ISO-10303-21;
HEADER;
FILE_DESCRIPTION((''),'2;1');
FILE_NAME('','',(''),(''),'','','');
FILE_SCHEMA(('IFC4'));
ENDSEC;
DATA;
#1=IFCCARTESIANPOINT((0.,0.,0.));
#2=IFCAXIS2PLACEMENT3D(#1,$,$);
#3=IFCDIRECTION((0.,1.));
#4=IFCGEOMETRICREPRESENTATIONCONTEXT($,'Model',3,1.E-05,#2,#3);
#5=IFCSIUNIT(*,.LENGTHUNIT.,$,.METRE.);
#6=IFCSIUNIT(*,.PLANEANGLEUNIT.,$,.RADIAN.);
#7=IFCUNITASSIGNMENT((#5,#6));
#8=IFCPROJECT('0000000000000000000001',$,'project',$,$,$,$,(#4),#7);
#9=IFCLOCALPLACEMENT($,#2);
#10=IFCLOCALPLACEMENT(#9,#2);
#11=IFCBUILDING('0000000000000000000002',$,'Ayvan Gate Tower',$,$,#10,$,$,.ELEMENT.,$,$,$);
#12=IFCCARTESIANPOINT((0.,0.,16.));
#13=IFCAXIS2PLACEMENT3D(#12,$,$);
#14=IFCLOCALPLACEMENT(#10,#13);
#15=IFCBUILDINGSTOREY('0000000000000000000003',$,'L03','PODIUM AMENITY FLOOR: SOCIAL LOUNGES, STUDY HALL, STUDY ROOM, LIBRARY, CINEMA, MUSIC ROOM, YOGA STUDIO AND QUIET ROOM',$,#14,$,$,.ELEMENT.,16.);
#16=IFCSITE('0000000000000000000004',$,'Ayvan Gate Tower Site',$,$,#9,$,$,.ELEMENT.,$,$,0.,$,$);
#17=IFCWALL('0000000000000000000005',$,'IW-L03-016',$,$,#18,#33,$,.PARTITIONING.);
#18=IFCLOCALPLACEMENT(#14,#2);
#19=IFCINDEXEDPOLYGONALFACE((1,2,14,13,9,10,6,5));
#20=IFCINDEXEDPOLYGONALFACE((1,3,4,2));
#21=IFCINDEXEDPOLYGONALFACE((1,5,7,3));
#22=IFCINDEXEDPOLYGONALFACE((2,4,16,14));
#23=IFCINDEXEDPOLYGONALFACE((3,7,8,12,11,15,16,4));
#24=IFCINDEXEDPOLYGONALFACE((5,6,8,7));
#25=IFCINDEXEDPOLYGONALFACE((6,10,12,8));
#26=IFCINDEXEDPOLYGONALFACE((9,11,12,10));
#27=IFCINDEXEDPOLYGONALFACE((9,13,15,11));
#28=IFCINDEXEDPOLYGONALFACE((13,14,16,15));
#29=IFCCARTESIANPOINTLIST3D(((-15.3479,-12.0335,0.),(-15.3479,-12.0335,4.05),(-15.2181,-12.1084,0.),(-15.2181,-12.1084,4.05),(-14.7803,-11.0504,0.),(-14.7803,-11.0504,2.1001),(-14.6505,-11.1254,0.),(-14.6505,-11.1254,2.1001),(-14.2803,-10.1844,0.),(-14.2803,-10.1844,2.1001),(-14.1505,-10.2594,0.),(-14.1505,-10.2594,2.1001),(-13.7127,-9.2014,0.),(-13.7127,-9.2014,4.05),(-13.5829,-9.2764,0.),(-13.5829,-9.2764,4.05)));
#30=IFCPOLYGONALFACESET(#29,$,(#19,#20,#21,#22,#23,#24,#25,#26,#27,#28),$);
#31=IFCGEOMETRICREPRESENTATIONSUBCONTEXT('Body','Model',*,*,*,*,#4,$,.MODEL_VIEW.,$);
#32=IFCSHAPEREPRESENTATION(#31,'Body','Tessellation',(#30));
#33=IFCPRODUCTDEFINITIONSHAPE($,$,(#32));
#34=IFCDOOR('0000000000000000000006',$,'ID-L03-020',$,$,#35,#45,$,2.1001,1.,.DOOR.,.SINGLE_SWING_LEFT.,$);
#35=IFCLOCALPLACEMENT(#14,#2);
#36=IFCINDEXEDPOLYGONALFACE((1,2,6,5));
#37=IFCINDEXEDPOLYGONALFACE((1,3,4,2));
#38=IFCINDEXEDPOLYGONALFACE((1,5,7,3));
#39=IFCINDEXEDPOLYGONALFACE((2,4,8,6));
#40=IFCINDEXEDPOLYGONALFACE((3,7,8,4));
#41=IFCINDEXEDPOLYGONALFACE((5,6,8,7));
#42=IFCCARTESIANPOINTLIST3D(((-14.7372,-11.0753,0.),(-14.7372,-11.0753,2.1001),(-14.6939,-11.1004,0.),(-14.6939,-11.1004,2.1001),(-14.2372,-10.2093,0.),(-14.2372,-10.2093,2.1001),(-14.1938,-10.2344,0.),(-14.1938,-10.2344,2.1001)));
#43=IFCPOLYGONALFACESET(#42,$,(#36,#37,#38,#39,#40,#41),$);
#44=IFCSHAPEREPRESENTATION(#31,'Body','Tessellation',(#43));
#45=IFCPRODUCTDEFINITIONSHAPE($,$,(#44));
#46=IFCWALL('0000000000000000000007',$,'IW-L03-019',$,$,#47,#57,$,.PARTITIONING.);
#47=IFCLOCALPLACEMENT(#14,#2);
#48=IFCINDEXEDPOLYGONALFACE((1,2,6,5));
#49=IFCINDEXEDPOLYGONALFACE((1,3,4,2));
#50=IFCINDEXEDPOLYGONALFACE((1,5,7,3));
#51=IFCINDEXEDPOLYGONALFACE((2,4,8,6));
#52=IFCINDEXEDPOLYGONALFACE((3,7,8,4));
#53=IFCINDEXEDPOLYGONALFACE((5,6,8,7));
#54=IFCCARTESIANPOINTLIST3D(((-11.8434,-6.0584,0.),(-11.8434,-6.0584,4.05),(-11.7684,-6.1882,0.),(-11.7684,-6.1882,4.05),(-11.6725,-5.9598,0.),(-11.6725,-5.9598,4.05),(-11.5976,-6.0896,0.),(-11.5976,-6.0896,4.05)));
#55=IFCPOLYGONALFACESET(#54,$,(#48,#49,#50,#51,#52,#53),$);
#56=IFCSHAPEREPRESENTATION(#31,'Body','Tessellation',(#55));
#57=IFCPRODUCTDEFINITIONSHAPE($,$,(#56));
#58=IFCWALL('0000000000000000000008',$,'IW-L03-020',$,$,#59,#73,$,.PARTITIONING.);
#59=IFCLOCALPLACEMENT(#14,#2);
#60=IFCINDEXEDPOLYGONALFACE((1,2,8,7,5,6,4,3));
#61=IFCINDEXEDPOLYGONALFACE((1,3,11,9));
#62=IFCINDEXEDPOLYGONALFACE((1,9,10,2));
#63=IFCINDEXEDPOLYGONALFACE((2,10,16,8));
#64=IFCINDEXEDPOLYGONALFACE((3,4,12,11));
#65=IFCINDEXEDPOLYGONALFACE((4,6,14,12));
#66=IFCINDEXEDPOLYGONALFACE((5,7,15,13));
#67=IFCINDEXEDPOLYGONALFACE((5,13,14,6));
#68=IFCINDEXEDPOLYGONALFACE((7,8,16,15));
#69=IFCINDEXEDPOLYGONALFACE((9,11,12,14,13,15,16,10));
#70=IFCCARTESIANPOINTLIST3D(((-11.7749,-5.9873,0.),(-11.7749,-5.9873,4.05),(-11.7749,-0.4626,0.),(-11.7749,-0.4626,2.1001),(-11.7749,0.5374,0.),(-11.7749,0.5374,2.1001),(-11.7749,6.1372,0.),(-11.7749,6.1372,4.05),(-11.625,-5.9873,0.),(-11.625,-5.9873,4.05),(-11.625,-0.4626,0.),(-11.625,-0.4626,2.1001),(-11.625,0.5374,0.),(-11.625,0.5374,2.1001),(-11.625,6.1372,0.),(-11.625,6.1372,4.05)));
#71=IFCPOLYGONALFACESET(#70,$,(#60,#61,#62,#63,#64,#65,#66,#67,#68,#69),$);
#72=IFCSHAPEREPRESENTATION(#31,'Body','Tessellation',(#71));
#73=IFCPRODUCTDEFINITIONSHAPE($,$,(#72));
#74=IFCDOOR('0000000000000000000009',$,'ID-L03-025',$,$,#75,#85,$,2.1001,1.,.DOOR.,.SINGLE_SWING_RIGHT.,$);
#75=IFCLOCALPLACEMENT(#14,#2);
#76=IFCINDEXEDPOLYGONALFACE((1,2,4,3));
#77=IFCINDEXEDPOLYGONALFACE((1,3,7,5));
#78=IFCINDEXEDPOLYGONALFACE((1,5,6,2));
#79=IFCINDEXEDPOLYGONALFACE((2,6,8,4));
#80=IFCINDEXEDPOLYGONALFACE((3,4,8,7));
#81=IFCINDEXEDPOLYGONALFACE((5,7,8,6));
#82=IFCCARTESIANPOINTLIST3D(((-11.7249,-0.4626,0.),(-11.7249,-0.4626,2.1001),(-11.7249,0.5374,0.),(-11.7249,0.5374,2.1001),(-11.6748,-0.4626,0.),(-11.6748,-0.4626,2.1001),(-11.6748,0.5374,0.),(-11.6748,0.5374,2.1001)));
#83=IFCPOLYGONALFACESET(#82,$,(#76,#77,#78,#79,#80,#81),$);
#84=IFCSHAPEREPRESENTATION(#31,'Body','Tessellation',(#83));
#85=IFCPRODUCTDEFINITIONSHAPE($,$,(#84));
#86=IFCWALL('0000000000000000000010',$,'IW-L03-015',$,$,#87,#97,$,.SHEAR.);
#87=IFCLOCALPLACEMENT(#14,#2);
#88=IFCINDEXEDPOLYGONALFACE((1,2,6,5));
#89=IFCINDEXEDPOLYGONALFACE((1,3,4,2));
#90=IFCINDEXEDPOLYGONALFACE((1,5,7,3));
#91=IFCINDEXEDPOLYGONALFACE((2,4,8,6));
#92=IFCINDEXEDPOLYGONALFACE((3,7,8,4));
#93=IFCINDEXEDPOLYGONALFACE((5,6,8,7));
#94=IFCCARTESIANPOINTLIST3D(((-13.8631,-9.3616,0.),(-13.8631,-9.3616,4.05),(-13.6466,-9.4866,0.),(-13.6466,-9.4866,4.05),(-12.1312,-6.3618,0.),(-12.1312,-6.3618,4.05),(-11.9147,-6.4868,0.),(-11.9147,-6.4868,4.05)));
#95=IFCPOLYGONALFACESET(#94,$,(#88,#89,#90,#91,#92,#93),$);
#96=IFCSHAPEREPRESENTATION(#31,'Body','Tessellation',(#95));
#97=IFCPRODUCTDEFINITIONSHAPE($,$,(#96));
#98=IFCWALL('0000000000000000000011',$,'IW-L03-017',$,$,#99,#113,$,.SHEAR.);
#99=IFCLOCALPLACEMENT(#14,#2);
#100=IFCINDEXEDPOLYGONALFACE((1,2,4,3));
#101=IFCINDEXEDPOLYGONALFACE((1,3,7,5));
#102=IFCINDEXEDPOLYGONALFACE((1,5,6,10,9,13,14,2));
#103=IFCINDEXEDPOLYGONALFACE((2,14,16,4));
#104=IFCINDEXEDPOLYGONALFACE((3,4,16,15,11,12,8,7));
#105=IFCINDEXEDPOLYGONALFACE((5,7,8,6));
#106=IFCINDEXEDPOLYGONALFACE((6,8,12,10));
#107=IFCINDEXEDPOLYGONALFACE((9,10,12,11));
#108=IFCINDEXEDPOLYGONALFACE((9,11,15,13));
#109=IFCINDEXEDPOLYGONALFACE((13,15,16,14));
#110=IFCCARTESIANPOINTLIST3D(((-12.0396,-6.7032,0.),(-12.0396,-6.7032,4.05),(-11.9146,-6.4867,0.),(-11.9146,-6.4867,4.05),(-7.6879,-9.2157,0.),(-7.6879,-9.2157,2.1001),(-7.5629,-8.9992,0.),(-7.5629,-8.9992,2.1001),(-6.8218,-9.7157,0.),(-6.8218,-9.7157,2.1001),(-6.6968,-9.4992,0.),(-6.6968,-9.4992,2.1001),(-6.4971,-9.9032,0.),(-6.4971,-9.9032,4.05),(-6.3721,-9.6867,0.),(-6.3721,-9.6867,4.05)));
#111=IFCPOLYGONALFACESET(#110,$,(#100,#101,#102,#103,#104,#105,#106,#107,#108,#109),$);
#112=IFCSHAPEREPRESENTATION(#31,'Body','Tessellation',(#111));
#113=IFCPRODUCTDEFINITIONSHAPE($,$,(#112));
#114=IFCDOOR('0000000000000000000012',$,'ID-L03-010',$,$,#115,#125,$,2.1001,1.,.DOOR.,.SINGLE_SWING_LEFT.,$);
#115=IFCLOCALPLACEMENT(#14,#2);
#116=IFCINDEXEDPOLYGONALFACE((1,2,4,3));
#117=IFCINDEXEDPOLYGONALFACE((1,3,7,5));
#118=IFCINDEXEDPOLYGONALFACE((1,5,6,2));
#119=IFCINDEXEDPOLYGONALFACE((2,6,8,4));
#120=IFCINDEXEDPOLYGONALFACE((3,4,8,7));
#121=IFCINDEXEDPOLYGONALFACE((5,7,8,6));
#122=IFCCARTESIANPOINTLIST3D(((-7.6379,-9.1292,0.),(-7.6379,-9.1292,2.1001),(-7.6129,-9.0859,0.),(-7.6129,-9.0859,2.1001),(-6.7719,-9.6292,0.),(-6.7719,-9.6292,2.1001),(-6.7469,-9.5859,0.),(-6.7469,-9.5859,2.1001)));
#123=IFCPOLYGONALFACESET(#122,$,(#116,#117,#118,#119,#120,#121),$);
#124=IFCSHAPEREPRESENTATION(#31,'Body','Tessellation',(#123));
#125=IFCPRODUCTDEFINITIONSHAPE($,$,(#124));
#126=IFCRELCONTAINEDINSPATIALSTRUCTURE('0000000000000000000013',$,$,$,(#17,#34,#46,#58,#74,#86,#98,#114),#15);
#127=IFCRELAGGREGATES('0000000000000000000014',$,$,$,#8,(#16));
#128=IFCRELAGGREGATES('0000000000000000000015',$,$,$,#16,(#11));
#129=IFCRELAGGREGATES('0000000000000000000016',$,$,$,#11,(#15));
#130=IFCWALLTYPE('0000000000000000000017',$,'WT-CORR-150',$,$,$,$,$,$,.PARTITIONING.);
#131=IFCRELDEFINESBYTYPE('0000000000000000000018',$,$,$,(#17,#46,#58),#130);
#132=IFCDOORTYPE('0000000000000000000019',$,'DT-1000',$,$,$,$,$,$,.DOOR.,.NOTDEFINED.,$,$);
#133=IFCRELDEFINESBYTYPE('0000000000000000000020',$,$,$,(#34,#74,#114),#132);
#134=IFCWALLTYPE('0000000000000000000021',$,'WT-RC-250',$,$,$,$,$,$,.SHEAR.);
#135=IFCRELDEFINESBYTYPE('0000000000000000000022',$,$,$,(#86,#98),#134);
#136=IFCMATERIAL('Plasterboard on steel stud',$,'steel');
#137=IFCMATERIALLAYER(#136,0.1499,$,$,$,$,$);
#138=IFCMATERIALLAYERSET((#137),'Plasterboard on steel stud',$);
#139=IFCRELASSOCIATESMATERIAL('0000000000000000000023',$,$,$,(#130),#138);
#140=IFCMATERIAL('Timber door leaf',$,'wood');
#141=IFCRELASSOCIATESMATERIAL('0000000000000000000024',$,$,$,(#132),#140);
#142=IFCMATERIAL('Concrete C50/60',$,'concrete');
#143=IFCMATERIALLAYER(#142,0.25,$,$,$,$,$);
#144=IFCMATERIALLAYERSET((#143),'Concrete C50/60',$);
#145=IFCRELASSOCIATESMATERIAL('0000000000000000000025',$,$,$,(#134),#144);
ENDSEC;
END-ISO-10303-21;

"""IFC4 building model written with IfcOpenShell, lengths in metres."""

from ifc_helpers import new_model, si_unit, direction, frame, frame_2d, origin, place, context, subcontext, project, spatial, rectangle, extrude, material, layer, layer_set, type_object, element, fill, save


model = new_model("IFC4")

# Units and contexts
model_context = context("Model", 3, precision=1e-05, world=origin(), true_north=direction((0.0, 1.0)))
body_context = subcontext(model_context, "Body", "Model", "MODEL_VIEW")
ifc_project = project(units=[si_unit("LENGTHUNIT", "METRE"), si_unit("PLANEANGLEUNIT", "RADIAN")], contexts=[model_context])

# Site, building, storey
site_placement = place(None, origin())
site = spatial("IfcSite", under=ifc_project, at=site_placement, Name="Ayvan Gate Tower Site", CompositionType="ELEMENT", RefElevation=0.0)
building_placement = place(site_placement, origin())
building = spatial("IfcBuilding", under=site, at=building_placement, Name="Ayvan Gate Tower", CompositionType="ELEMENT")
storey_placement = place(building_placement, frame((0.0, 0.0, 16.0)))
storey = spatial("IfcBuildingStorey", under=building, at=storey_placement, Name="L03", Description="PODIUM AMENITY FLOOR: SOCIAL LOUNGES, STUDY HALL, STUDY ROOM, LIBRARY, CINEMA, MUSIC ROOM, YOGA STUDIO AND QUIET ROOM", CompositionType="ELEMENT", Elevation=16.0)

# Shared definitions
ifc_material_1 = material(Name="Plasterboard on steel stud", Category="steel")
ifc_layer_1 = layer(ifc_material_1, 0.1499)
ifc_layer_set_1 = layer_set([ifc_layer_1], Name="Plasterboard on steel stud")
wall_type_1 = type_object("IfcWallType", Name="WT-CORR-150", PredefinedType="PARTITIONING", material=ifc_layer_set_1)

# Wall, opening, door
wall_1_placement = place(storey_placement, frame((-13.6477, -9.2388, 0.0), z_axis=(0.0, 0.0, 1.0), x_axis=(-0.500041, -0.866002, 0.0)))
wall_1 = element("IfcWall", 1, at=wall_1_placement, inside=storey, type_object=wall_type_1, Name="IW-L03-016", PredefinedType="PARTITIONING", context=body_context, shape_type="SweptSolid", body=[
    extrude(rectangle(XDim=3.2703, YDim=0.1499, at=frame_2d((1.6353, 0.0))), origin(), (0.0, 0.0, 1.0), 4.05),
])
opening_1_placement = place(wall_1_placement, frame((1.1353, 0.0, 0.0)))
opening_1 = element("IfcOpeningElement", 2, at=opening_1_placement, cuts=wall_1, PredefinedType="OPENING", context=body_context, shape_type="SweptSolid", body=[
    extrude(rectangle(XDim=1.0, YDim=2.1001, at=frame_2d((0.5, 1.05))), frame((0.0, 0.085, 0.0), z_axis=(0.0, -1.0, 0.0), x_axis=(1.0, 0.0, 0.0)), (0.0, 0.0, 1.0), 0.1699),
])
ifc_material_2 = material(Name="Timber door leaf", Category="wood")
door_type = type_object("IfcDoorType", Name="DT-1000", OperationType="NOTDEFINED", PredefinedType="DOOR", material=ifc_material_2)
door_1_placement = place(opening_1_placement, origin())
door_1 = element("IfcDoor", 3, at=door_1_placement, inside=storey, type_object=door_type, Name="ID-L03-020", OperationType="SINGLE_SWING_LEFT", OverallHeight=2.1001, OverallWidth=1.0, PredefinedType="DOOR", context=body_context, shape_type="SweptSolid", body=[
    extrude(rectangle(XDim=1.0, YDim=2.1001, at=frame_2d((0.5, 1.05))), frame((0.0, 0.0249, 0.0), z_axis=(0.0, -1.0, 0.0), x_axis=(1.0, 0.0, 0.0)), (0.0, 0.0, 1.0), 0.05),
])
fill(opening_1, door_1)

# Wall
wall_2_placement = place(storey_placement, frame((-11.8059, -6.1233, 0.0), z_axis=(0.0, 0.0, 1.0), x_axis=(0.866103, 0.499865, 0.0)))
element("IfcWall", 4, at=wall_2_placement, inside=storey, type_object=wall_type_1, Name="IW-L03-019", PredefinedType="PARTITIONING", context=body_context, shape_type="SweptSolid", body=[
    extrude(rectangle(XDim=0.1973, YDim=0.1499, at=frame_2d((0.0986, 0.0))), origin(), (0.0, 0.0, 1.0), 4.05),
])

# Wall, opening, door
wall_3_placement = place(storey_placement, frame((-11.7, -5.9873, 0.0), z_axis=(0.0, 0.0, 1.0), x_axis=(0.0, 1.0, 0.0)))
wall_3 = element("IfcWall", 5, at=wall_3_placement, inside=storey, type_object=wall_type_1, Name="IW-L03-020", PredefinedType="PARTITIONING", context=body_context, shape_type="SweptSolid", body=[
    extrude(rectangle(XDim=12.1245, YDim=0.1499, at=frame_2d((6.0623, 0.0))), origin(), (0.0, 0.0, 1.0), 4.05),
])
opening_2_placement = place(wall_3_placement, frame((5.5247, 0.0, 0.0)))
opening_2 = element("IfcOpeningElement", 6, at=opening_2_placement, cuts=wall_3, PredefinedType="OPENING", context=body_context, shape_type="SweptSolid", body=[
    extrude(rectangle(XDim=1.0, YDim=2.1001, at=frame_2d((0.5, 1.05))), frame((0.0, 0.085, 0.0), z_axis=(0.0, -1.0, 0.0), x_axis=(1.0, 0.0, 0.0)), (0.0, 0.0, 1.0), 0.1699),
])
door_2_placement = place(opening_2_placement, origin())
door_2 = element("IfcDoor", 7, at=door_2_placement, inside=storey, type_object=door_type, Name="ID-L03-025", OperationType="SINGLE_SWING_RIGHT", OverallHeight=2.1001, OverallWidth=1.0, PredefinedType="DOOR", context=body_context, shape_type="SweptSolid", body=[
    extrude(rectangle(XDim=1.0, YDim=2.1001, at=frame_2d((0.5, 1.05))), frame((0.0, 0.0249, 0.0), z_axis=(0.0, -1.0, 0.0), x_axis=(1.0, 0.0, 0.0)), (0.0, 0.0, 1.0), 0.05),
])
fill(opening_2, door_2)

# Wall
ifc_material_3 = material(Name="Concrete C50/60", Category="concrete")
ifc_layer_2 = layer(ifc_material_3, 0.25)
ifc_layer_set_2 = layer_set([ifc_layer_2], Name="Concrete C50/60")
wall_type_2 = type_object("IfcWallType", Name="WT-RC-250", PredefinedType="SHEAR", material=ifc_layer_set_2)
wall_4_placement = place(storey_placement, frame((-13.7549, -9.4241, 0.0), z_axis=(0.0, 0.0, 1.0), x_axis=(0.500005, 0.866022, 0.0)))
element("IfcWall", 8, at=wall_4_placement, inside=storey, type_object=wall_type_2, Name="IW-L03-015", PredefinedType="SHEAR", context=body_context, shape_type="SweptSolid", body=[
    extrude(rectangle(XDim=3.4639, YDim=0.25, at=frame_2d((1.7319, 0.0))), origin(), (0.0, 0.0, 1.0), 4.05),
])

# Wall, opening, door
wall_5_placement = place(storey_placement, frame((-11.9771, -6.595, 0.0), z_axis=(0.0, 0.0, 1.0), x_axis=(0.866025, -0.5, 0.0)))
wall_5 = element("IfcWall", 9, at=wall_5_placement, inside=storey, type_object=wall_type_2, Name="IW-L03-017", PredefinedType="SHEAR", context=body_context, shape_type="SweptSolid", body=[
    extrude(rectangle(XDim=6.3999, YDim=0.25, at=frame_2d((3.2, 0.0))), origin(), (0.0, 0.0, 1.0), 4.05),
])
opening_3_placement = place(wall_5_placement, frame((5.0249, 0.0, 0.0)))
opening_3 = element("IfcOpeningElement", 10, at=opening_3_placement, cuts=wall_5, PredefinedType="OPENING", context=body_context, shape_type="SweptSolid", body=[
    extrude(rectangle(XDim=1.0, YDim=2.1001, at=frame_2d((0.5, 1.05))), frame((0.0, 0.135, 0.0), z_axis=(0.0, -1.0, 0.0), x_axis=(1.0, 0.0, 0.0)), (0.0, 0.0, 1.0), 0.27),
])
door_3_placement = place(opening_3_placement, origin())
door_3 = element("IfcDoor", 11, at=door_3_placement, inside=storey, type_object=door_type, Name="ID-L03-010", OperationType="SINGLE_SWING_LEFT", OverallHeight=2.1001, OverallWidth=1.0, PredefinedType="DOOR", context=body_context, shape_type="SweptSolid", body=[
    extrude(rectangle(XDim=1.0, YDim=2.1001, at=frame_2d((0.5, 1.05))), frame((0.0, 0.0249, 0.0), z_axis=(0.0, -1.0, 0.0), x_axis=(1.0, 0.0, 0.0)), (0.0, 0.0, 1.0), 0.05),
])
fill(opening_3, door_3)

save(model, "model.ifc")
